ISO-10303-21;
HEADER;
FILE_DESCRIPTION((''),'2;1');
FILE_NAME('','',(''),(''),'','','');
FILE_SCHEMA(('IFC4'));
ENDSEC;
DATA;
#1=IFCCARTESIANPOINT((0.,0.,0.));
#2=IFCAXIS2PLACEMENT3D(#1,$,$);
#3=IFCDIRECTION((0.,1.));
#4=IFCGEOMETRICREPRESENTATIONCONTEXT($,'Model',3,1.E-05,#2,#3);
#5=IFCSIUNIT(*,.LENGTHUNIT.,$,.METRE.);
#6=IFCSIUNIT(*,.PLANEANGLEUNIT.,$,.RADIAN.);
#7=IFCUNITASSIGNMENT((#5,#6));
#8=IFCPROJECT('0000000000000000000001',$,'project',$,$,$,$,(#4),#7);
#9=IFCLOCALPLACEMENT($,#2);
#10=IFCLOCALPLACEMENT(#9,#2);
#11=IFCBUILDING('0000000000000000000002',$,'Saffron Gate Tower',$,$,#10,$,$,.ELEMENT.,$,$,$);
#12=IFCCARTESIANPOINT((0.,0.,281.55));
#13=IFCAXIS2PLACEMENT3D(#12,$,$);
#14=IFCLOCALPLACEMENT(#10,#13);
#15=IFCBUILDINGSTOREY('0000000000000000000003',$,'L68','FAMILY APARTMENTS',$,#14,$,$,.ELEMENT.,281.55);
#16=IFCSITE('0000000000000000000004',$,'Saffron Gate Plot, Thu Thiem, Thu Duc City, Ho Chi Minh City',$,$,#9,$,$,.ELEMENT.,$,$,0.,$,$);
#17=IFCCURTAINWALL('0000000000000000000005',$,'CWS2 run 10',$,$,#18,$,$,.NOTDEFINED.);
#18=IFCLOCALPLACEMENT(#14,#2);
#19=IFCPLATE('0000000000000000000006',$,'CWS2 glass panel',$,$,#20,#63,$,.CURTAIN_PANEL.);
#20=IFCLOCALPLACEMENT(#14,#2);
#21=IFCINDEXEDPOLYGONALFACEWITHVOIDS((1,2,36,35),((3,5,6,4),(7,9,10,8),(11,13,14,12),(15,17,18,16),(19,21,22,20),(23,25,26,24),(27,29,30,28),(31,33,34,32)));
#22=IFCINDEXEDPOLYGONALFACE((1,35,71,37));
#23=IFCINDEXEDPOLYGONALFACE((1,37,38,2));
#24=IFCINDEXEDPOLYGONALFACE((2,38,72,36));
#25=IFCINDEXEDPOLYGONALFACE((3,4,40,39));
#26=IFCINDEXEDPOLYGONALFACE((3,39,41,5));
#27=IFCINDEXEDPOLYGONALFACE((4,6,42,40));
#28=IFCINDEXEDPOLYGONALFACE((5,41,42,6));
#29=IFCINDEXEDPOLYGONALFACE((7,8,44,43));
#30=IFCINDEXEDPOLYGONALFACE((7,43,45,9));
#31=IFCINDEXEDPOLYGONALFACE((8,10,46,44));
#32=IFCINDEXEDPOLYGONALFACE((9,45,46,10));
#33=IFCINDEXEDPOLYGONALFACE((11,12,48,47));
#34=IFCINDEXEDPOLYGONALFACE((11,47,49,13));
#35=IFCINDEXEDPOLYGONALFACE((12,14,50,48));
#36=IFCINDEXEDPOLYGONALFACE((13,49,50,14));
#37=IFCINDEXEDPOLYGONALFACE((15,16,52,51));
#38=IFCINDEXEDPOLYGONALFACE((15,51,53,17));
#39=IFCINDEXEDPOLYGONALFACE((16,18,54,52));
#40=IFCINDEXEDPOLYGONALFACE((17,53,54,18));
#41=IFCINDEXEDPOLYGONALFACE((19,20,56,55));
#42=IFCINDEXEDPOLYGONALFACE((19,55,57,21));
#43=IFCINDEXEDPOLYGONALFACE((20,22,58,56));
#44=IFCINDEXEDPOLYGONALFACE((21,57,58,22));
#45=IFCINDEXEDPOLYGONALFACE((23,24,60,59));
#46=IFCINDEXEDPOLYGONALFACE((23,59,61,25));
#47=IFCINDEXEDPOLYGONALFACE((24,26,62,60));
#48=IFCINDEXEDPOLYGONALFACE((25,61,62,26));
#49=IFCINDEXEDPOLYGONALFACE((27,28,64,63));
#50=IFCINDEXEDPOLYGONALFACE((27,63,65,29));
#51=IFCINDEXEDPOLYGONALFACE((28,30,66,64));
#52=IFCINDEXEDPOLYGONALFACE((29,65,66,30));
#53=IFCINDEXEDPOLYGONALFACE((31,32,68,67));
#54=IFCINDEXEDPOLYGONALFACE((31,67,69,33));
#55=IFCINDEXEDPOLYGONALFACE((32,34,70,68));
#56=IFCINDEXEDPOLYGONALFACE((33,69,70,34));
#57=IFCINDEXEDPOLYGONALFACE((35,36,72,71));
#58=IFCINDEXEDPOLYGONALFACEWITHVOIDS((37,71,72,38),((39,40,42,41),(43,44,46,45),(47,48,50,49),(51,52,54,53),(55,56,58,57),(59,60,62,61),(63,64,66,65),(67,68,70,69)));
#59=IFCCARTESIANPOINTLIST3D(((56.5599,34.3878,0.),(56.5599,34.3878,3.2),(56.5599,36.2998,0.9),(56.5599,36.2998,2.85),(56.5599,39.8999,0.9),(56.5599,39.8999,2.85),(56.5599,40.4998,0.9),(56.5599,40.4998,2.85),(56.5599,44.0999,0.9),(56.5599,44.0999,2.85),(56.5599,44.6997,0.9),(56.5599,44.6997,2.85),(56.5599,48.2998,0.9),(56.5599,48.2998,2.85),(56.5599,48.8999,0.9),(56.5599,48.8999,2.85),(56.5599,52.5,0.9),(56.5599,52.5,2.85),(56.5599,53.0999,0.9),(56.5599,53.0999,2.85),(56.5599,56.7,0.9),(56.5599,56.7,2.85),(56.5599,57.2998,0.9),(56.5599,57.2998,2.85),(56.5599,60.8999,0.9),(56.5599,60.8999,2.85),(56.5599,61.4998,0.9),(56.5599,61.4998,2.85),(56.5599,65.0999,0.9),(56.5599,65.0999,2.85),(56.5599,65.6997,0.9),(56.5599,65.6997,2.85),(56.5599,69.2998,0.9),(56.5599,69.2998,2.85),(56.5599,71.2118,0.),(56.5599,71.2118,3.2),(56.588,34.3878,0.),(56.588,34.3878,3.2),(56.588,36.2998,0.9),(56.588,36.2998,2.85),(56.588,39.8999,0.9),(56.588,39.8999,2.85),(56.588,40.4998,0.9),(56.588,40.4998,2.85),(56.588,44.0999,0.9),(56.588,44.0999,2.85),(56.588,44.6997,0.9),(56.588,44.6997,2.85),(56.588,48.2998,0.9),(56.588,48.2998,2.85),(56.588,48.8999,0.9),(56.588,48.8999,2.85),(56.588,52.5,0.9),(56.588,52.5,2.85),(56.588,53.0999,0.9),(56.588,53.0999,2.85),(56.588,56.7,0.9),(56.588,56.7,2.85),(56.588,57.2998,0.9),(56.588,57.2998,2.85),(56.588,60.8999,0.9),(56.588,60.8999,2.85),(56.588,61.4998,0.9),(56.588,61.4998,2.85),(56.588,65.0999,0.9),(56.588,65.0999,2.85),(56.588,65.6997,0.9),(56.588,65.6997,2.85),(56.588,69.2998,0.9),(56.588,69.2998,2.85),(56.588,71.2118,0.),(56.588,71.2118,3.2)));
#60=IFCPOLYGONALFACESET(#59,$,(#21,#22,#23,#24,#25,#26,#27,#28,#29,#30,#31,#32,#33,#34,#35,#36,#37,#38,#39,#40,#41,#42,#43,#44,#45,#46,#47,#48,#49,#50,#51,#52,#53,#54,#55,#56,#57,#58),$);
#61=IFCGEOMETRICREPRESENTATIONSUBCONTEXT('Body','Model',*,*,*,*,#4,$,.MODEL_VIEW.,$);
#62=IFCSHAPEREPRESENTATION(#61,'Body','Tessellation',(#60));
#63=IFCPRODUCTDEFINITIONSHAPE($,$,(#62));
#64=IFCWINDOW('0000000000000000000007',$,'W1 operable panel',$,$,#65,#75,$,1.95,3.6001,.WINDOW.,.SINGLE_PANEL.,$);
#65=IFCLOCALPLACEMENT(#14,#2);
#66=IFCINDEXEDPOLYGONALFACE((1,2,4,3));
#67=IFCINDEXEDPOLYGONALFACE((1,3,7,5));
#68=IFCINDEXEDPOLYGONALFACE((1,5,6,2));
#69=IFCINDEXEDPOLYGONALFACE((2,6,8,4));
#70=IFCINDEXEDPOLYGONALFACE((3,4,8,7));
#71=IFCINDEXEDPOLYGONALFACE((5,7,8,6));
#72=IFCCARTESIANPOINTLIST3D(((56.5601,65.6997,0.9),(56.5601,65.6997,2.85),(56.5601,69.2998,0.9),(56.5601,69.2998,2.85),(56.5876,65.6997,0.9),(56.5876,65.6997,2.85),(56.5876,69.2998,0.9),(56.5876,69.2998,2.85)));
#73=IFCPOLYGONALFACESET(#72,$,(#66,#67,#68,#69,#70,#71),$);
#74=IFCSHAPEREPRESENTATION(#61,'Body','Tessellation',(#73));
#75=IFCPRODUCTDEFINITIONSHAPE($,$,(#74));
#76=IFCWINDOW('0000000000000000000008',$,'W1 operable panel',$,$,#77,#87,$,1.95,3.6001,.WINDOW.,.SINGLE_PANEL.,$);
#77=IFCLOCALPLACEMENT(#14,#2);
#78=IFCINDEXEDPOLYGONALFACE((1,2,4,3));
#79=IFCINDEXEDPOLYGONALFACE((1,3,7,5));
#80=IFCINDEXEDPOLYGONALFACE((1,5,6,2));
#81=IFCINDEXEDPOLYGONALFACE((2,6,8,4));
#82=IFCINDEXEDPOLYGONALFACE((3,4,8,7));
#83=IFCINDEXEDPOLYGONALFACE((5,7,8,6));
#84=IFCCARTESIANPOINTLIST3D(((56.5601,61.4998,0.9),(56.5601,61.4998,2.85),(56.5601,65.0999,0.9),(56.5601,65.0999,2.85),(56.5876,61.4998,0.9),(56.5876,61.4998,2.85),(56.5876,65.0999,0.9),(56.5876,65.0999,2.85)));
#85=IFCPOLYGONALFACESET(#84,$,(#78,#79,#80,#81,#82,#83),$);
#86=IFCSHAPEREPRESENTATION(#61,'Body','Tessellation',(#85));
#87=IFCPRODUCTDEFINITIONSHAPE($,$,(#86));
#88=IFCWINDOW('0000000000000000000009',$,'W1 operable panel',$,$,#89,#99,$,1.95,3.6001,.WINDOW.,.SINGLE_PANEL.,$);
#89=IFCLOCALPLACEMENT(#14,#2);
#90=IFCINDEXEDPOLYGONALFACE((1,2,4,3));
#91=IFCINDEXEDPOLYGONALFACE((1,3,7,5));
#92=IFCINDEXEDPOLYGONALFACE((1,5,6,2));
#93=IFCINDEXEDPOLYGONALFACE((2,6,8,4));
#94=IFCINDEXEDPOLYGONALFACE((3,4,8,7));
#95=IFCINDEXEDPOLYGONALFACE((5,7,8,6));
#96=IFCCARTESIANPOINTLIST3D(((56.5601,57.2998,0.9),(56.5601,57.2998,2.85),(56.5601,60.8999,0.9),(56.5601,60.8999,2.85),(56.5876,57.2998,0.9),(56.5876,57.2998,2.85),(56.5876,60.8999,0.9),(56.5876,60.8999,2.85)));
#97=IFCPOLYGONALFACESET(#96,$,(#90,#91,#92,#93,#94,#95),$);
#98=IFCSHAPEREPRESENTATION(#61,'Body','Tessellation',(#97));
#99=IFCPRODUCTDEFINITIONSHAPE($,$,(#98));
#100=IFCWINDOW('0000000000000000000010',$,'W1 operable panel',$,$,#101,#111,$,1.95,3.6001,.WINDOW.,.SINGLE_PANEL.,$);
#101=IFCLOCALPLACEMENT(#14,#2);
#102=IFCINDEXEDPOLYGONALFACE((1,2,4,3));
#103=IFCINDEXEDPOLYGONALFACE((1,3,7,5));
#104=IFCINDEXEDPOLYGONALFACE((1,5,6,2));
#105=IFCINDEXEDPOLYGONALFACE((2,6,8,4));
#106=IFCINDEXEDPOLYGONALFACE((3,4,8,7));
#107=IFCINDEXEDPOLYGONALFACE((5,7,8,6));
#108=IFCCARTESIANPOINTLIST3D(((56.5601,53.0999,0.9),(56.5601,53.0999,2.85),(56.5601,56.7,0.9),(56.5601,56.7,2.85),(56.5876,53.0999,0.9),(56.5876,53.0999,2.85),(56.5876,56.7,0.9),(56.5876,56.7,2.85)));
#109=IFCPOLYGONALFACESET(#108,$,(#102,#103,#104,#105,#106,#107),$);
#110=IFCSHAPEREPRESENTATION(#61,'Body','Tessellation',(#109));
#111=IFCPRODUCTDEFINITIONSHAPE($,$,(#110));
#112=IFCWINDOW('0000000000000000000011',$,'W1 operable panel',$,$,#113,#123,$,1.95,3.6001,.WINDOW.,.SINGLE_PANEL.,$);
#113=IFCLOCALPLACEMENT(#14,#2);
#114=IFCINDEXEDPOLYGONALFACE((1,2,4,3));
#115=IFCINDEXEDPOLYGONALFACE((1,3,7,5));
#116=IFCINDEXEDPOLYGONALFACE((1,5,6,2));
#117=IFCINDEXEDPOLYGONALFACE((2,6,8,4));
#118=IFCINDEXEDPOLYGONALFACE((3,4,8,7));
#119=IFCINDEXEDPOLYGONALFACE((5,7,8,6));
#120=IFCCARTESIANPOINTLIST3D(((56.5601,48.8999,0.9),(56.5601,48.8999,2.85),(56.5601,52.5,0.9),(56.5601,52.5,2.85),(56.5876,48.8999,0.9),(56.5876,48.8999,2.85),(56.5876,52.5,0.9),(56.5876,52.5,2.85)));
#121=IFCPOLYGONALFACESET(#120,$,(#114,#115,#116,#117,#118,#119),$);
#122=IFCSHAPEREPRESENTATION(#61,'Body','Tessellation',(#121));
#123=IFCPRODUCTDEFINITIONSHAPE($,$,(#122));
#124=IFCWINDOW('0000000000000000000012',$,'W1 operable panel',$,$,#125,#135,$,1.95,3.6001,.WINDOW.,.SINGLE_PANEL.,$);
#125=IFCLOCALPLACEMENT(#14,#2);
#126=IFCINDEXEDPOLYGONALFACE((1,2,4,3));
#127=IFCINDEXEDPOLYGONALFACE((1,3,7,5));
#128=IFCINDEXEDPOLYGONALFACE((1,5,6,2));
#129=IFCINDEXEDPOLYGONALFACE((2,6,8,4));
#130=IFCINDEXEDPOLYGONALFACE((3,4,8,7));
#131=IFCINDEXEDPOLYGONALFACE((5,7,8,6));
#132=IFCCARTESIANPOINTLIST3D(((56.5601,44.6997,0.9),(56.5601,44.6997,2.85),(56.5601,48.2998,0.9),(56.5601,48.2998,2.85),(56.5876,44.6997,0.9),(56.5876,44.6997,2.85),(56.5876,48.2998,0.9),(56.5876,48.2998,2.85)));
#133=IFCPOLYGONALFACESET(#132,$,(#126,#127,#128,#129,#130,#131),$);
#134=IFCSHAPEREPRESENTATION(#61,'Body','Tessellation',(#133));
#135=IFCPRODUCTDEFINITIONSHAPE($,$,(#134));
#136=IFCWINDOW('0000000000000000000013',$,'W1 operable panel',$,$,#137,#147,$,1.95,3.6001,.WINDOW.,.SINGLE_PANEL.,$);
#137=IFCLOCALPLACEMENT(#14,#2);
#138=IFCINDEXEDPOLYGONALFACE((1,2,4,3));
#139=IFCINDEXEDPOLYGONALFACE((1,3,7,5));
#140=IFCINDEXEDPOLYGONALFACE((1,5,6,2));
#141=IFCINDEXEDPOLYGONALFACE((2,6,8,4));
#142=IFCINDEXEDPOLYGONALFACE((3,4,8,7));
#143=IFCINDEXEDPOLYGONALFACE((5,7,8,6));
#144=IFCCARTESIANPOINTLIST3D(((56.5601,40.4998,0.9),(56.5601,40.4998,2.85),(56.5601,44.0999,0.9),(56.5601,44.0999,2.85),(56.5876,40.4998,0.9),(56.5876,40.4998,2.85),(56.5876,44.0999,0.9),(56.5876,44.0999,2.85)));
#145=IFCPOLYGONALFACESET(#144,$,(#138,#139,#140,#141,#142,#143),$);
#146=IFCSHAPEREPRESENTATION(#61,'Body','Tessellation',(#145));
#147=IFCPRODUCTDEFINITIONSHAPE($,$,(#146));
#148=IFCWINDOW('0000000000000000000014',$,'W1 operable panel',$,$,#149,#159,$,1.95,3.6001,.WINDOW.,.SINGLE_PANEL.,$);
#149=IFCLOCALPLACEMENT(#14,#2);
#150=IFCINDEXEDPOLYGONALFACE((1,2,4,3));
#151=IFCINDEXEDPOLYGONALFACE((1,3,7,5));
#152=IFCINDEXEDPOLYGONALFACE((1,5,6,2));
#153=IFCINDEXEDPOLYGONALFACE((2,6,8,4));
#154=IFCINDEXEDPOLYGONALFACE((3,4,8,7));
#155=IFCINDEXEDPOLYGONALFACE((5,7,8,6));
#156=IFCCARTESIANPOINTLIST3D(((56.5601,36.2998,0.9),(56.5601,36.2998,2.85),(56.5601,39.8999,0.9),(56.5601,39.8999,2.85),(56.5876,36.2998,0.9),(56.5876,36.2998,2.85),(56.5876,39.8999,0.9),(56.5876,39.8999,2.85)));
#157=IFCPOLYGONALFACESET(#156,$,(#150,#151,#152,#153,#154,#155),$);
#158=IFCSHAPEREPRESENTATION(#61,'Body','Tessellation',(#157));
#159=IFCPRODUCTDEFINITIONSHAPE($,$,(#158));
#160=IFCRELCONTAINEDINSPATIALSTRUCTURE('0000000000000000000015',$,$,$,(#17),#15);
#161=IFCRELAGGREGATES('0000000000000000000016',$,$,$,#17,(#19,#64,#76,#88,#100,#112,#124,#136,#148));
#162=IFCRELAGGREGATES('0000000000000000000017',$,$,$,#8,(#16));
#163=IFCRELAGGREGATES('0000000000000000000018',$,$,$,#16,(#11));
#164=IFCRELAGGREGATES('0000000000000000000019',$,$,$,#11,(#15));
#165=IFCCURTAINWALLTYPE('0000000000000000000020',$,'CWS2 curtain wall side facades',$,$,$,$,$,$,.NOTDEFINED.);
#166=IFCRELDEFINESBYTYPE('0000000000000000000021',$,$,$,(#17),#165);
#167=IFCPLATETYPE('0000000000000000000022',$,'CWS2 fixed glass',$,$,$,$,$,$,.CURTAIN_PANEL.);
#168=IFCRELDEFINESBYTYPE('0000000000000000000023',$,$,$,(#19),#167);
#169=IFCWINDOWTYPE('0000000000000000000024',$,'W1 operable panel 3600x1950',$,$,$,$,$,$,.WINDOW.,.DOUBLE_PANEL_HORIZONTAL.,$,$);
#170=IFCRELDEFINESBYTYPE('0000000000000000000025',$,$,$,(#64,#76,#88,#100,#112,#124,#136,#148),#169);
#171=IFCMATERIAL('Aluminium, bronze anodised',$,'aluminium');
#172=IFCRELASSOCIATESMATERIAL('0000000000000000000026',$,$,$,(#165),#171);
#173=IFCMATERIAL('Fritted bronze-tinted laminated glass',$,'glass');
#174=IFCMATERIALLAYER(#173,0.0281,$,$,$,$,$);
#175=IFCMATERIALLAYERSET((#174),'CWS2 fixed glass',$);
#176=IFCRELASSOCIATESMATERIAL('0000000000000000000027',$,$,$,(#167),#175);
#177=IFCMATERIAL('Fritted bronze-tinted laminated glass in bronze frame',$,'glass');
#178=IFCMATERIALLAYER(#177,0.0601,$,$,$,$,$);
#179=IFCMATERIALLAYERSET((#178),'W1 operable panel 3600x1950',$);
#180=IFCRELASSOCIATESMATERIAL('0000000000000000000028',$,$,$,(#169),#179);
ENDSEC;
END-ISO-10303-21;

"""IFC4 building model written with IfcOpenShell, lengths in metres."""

from ifc_helpers import new_model, si_unit, direction, frame, frame_2d, origin, place, context, subcontext, project, spatial, rectangle, extrude, material, layer, layer_set, type_object, element, fill, aggregate, save


model = new_model("IFC4")

# Units and contexts
model_context = context("Model", 3, precision=1e-05, world=origin(), true_north=direction((0.0, 1.0)))
body_context = subcontext(model_context, "Body", "Model", "MODEL_VIEW")
ifc_project = project(units=[si_unit("LENGTHUNIT", "METRE"), si_unit("PLANEANGLEUNIT", "RADIAN")], contexts=[model_context])

# Site, building, storey
site_placement = place(None, origin())
site = spatial("IfcSite", under=ifc_project, at=site_placement, Name="Saffron Gate Plot, Thu Thiem, Thu Duc City, Ho Chi Minh City", CompositionType="ELEMENT", RefElevation=0.0)
building_placement = place(site_placement, origin())
building = spatial("IfcBuilding", under=site, at=building_placement, Name="Saffron Gate Tower", CompositionType="ELEMENT")
storey_placement = place(building_placement, frame((0.0, 0.0, 281.55)))
storey = spatial("IfcBuildingStorey", under=building, at=storey_placement, Name="L68", Description="FAMILY APARTMENTS", CompositionType="ELEMENT", Elevation=281.55)

# Curtain wall
ifc_material_1 = material(Name="Aluminium, bronze anodised", Category="aluminium")
curtain_wall_type_1 = type_object("IfcCurtainWallType", Name="CWS2 curtain wall side facades", PredefinedType="NOTDEFINED", material=ifc_material_1)
curtain_wall_1_placement = place(storey_placement, origin())
curtain_wall_1 = element("IfcCurtainWall", 1, at=curtain_wall_1_placement, inside=storey, type_object=curtain_wall_type_1, Name="CWS2 run 10", PredefinedType="NOTDEFINED")

# Plate, openings, windows
ifc_material_2 = material(Name="Fritted bronze-tinted laminated glass", Category="glass")
ifc_layer_1 = layer(ifc_material_2, 0.0281)
ifc_layer_set_1 = layer_set([ifc_layer_1], Name="CWS2 fixed glass")
plate_type_1 = type_object("IfcPlateType", Name="CWS2 fixed glass", PredefinedType="CURTAIN_PANEL", material=ifc_layer_set_1)
plate_1_placement = place(storey_placement, frame((56.574, 71.2119, 0.0), z_axis=(0.0, 0.0, 1.0), x_axis=(0.0, -1.0, 0.0)))
plate_1 = element("IfcPlate", 2, at=plate_1_placement, type_object=plate_type_1, Name="CWS2 glass panel", PredefinedType="CURTAIN_PANEL", context=body_context, shape_type="SweptSolid", body=[
    extrude(rectangle(XDim=36.824, YDim=0.0281, at=frame_2d((18.4121, 0.0))), origin(), (0.0, 0.0, 1.0), 3.2),
])
opening_1_placement = place(plate_1_placement, frame((1.9121, 0.0, 0.8999)))
opening_1 = element("IfcOpeningElement", 3, at=opening_1_placement, cuts=plate_1, PredefinedType="OPENING", context=body_context, shape_type="SweptSolid", body=[
    extrude(rectangle(XDim=3.6001, YDim=1.95, at=frame_2d((1.8, 0.9751))), frame((0.0, 0.0239, 0.0), z_axis=(0.0, -1.0, 0.0), x_axis=(1.0, 0.0, 0.0)), (0.0, 0.0, 1.0), 0.0481),
])
opening_2_placement = place(plate_1_placement, frame((6.1121, 0.0, 0.8999)))
opening_2 = element("IfcOpeningElement", 4, at=opening_2_placement, cuts=plate_1, PredefinedType="OPENING", context=body_context, shape_type="SweptSolid", body=[
    extrude(rectangle(XDim=3.6001, YDim=1.95, at=frame_2d((1.8, 0.9751))), frame((0.0, 0.0239, 0.0), z_axis=(0.0, -1.0, 0.0), x_axis=(1.0, 0.0, 0.0)), (0.0, 0.0, 1.0), 0.0481),
])
opening_3_placement = place(plate_1_placement, frame((10.312, 0.0, 0.8999)))
opening_3 = element("IfcOpeningElement", 5, at=opening_3_placement, cuts=plate_1, PredefinedType="OPENING", context=body_context, shape_type="SweptSolid", body=[
    extrude(rectangle(XDim=3.6001, YDim=1.95, at=frame_2d((1.8, 0.9751))), frame((0.0, 0.0239, 0.0), z_axis=(0.0, -1.0, 0.0), x_axis=(1.0, 0.0, 0.0)), (0.0, 0.0, 1.0), 0.0481),
])
opening_4_placement = place(plate_1_placement, frame((14.512, 0.0, 0.8999)))
opening_4 = element("IfcOpeningElement", 6, at=opening_4_placement, cuts=plate_1, PredefinedType="OPENING", context=body_context, shape_type="SweptSolid", body=[
    extrude(rectangle(XDim=3.6001, YDim=1.95, at=frame_2d((1.8, 0.9751))), frame((0.0, 0.0239, 0.0), z_axis=(0.0, -1.0, 0.0), x_axis=(1.0, 0.0, 0.0)), (0.0, 0.0, 1.0), 0.0481),
])
opening_5_placement = place(plate_1_placement, frame((18.7119, 0.0, 0.8999)))
opening_5 = element("IfcOpeningElement", 7, at=opening_5_placement, cuts=plate_1, PredefinedType="OPENING", context=body_context, shape_type="SweptSolid", body=[
    extrude(rectangle(XDim=3.6001, YDim=1.95, at=frame_2d((1.8, 0.9751))), frame((0.0, 0.0239, 0.0), z_axis=(0.0, -1.0, 0.0), x_axis=(1.0, 0.0, 0.0)), (0.0, 0.0, 1.0), 0.0481),
])
opening_6_placement = place(plate_1_placement, frame((22.9121, 0.0, 0.8999)))
opening_6 = element("IfcOpeningElement", 8, at=opening_6_placement, cuts=plate_1, PredefinedType="OPENING", context=body_context, shape_type="SweptSolid", body=[
    extrude(rectangle(XDim=3.6001, YDim=1.95, at=frame_2d((1.8, 0.9751))), frame((0.0, 0.0239, 0.0), z_axis=(0.0, -1.0, 0.0), x_axis=(1.0, 0.0, 0.0)), (0.0, 0.0, 1.0), 0.0481),
])
opening_7_placement = place(plate_1_placement, frame((27.1121, 0.0, 0.8999)))
opening_7 = element("IfcOpeningElement", 9, at=opening_7_placement, cuts=plate_1, PredefinedType="OPENING", context=body_context, shape_type="SweptSolid", body=[
    extrude(rectangle(XDim=3.6001, YDim=1.95, at=frame_2d((1.8, 0.9751))), frame((0.0, 0.0239, 0.0), z_axis=(0.0, -1.0, 0.0), x_axis=(1.0, 0.0, 0.0)), (0.0, 0.0, 1.0), 0.0481),
])
opening_8_placement = place(plate_1_placement, frame((31.312, 0.0, 0.8999)))
opening_8 = element("IfcOpeningElement", 10, at=opening_8_placement, cuts=plate_1, PredefinedType="OPENING", context=body_context, shape_type="SweptSolid", body=[
    extrude(rectangle(XDim=3.6001, YDim=1.95, at=frame_2d((1.8, 0.9751))), frame((0.0, 0.0239, 0.0), z_axis=(0.0, -1.0, 0.0), x_axis=(1.0, 0.0, 0.0)), (0.0, 0.0, 1.0), 0.0481),
])
ifc_material_3 = material(Name="Fritted bronze-tinted laminated glass in bronze frame", Category="glass")
ifc_layer_2 = layer(ifc_material_3, 0.0601)
ifc_layer_set_2 = layer_set([ifc_layer_2], Name="W1 operable panel 3600x1950")
window_type = type_object("IfcWindowType", Name="W1 operable panel 3600x1950", PartitioningType="DOUBLE_PANEL_HORIZONTAL", PredefinedType="WINDOW", material=ifc_layer_set_2)
window_1_placement = place(opening_1_placement, origin())
window_1 = element("IfcWindow", 11, at=window_1_placement, type_object=window_type, Name="W1 operable panel", OverallHeight=1.95, OverallWidth=3.6001, PartitioningType="SINGLE_PANEL", PredefinedType="WINDOW", context=body_context, shape_type="SweptSolid", body=[
    extrude(rectangle(XDim=3.6001, YDim=1.95, at=frame_2d((1.8, 0.9751))), frame((0.0, 0.0137, 0.0), z_axis=(0.0, -1.0, 0.0), x_axis=(1.0, 0.0, 0.0)), (0.0, 0.0, 1.0), 0.0276),
])
fill(opening_1, window_1)
window_2_placement = place(opening_2_placement, origin())
window_2 = element("IfcWindow", 12, at=window_2_placement, type_object=window_type, Name="W1 operable panel", OverallHeight=1.95, OverallWidth=3.6001, PartitioningType="SINGLE_PANEL", PredefinedType="WINDOW", context=body_context, shape_type="SweptSolid", body=[
    extrude(rectangle(XDim=3.6001, YDim=1.95, at=frame_2d((1.8, 0.9751))), frame((0.0, 0.0137, 0.0), z_axis=(0.0, -1.0, 0.0), x_axis=(1.0, 0.0, 0.0)), (0.0, 0.0, 1.0), 0.0276),
])
fill(opening_2, window_2)
window_3_placement = place(opening_3_placement, origin())
window_3 = element("IfcWindow", 13, at=window_3_placement, type_object=window_type, Name="W1 operable panel", OverallHeight=1.95, OverallWidth=3.6001, PartitioningType="SINGLE_PANEL", PredefinedType="WINDOW", context=body_context, shape_type="SweptSolid", body=[
    extrude(rectangle(XDim=3.6001, YDim=1.95, at=frame_2d((1.8, 0.9751))), frame((0.0, 0.0137, 0.0), z_axis=(0.0, -1.0, 0.0), x_axis=(1.0, 0.0, 0.0)), (0.0, 0.0, 1.0), 0.0276),
])
fill(opening_3, window_3)
window_4_placement = place(opening_4_placement, origin())
window_4 = element("IfcWindow", 14, at=window_4_placement, type_object=window_type, Name="W1 operable panel", OverallHeight=1.95, OverallWidth=3.6001, PartitioningType="SINGLE_PANEL", PredefinedType="WINDOW", context=body_context, shape_type="SweptSolid", body=[
    extrude(rectangle(XDim=3.6001, YDim=1.95, at=frame_2d((1.8, 0.9751))), frame((0.0, 0.0137, 0.0), z_axis=(0.0, -1.0, 0.0), x_axis=(1.0, 0.0, 0.0)), (0.0, 0.0, 1.0), 0.0276),
])
fill(opening_4, window_4)
window_5_placement = place(opening_5_placement, origin())
window_5 = element("IfcWindow", 15, at=window_5_placement, type_object=window_type, Name="W1 operable panel", OverallHeight=1.95, OverallWidth=3.6001, PartitioningType="SINGLE_PANEL", PredefinedType="WINDOW", context=body_context, shape_type="SweptSolid", body=[
    extrude(rectangle(XDim=3.6001, YDim=1.95, at=frame_2d((1.8, 0.9751))), frame((0.0, 0.0137, 0.0), z_axis=(0.0, -1.0, 0.0), x_axis=(1.0, 0.0, 0.0)), (0.0, 0.0, 1.0), 0.0276),
])
fill(opening_5, window_5)
window_6_placement = place(opening_6_placement, origin())
window_6 = element("IfcWindow", 16, at=window_6_placement, type_object=window_type, Name="W1 operable panel", OverallHeight=1.95, OverallWidth=3.6001, PartitioningType="SINGLE_PANEL", PredefinedType="WINDOW", context=body_context, shape_type="SweptSolid", body=[
    extrude(rectangle(XDim=3.6001, YDim=1.95, at=frame_2d((1.8, 0.9751))), frame((0.0, 0.0137, 0.0), z_axis=(0.0, -1.0, 0.0), x_axis=(1.0, 0.0, 0.0)), (0.0, 0.0, 1.0), 0.0276),
])
fill(opening_6, window_6)
window_7_placement = place(opening_7_placement, origin())
window_7 = element("IfcWindow", 17, at=window_7_placement, type_object=window_type, Name="W1 operable panel", OverallHeight=1.95, OverallWidth=3.6001, PartitioningType="SINGLE_PANEL", PredefinedType="WINDOW", context=body_context, shape_type="SweptSolid", body=[
    extrude(rectangle(XDim=3.6001, YDim=1.95, at=frame_2d((1.8, 0.9751))), frame((0.0, 0.0137, 0.0), z_axis=(0.0, -1.0, 0.0), x_axis=(1.0, 0.0, 0.0)), (0.0, 0.0, 1.0), 0.0276),
])
fill(opening_7, window_7)
window_8_placement = place(opening_8_placement, origin())
window_8 = element("IfcWindow", 18, at=window_8_placement, type_object=window_type, Name="W1 operable panel", OverallHeight=1.95, OverallWidth=3.6001, PartitioningType="SINGLE_PANEL", PredefinedType="WINDOW", context=body_context, shape_type="SweptSolid", body=[
    extrude(rectangle(XDim=3.6001, YDim=1.95, at=frame_2d((1.8, 0.9751))), frame((0.0, 0.0137, 0.0), z_axis=(0.0, -1.0, 0.0), x_axis=(1.0, 0.0, 0.0)), (0.0, 0.0, 1.0), 0.0276),
])
fill(opening_8, window_8)
aggregate(curtain_wall_1, [plate_1, window_1, window_2, window_3, window_4, window_5, window_6, window_7, window_8])

save(model, "model.ifc")
